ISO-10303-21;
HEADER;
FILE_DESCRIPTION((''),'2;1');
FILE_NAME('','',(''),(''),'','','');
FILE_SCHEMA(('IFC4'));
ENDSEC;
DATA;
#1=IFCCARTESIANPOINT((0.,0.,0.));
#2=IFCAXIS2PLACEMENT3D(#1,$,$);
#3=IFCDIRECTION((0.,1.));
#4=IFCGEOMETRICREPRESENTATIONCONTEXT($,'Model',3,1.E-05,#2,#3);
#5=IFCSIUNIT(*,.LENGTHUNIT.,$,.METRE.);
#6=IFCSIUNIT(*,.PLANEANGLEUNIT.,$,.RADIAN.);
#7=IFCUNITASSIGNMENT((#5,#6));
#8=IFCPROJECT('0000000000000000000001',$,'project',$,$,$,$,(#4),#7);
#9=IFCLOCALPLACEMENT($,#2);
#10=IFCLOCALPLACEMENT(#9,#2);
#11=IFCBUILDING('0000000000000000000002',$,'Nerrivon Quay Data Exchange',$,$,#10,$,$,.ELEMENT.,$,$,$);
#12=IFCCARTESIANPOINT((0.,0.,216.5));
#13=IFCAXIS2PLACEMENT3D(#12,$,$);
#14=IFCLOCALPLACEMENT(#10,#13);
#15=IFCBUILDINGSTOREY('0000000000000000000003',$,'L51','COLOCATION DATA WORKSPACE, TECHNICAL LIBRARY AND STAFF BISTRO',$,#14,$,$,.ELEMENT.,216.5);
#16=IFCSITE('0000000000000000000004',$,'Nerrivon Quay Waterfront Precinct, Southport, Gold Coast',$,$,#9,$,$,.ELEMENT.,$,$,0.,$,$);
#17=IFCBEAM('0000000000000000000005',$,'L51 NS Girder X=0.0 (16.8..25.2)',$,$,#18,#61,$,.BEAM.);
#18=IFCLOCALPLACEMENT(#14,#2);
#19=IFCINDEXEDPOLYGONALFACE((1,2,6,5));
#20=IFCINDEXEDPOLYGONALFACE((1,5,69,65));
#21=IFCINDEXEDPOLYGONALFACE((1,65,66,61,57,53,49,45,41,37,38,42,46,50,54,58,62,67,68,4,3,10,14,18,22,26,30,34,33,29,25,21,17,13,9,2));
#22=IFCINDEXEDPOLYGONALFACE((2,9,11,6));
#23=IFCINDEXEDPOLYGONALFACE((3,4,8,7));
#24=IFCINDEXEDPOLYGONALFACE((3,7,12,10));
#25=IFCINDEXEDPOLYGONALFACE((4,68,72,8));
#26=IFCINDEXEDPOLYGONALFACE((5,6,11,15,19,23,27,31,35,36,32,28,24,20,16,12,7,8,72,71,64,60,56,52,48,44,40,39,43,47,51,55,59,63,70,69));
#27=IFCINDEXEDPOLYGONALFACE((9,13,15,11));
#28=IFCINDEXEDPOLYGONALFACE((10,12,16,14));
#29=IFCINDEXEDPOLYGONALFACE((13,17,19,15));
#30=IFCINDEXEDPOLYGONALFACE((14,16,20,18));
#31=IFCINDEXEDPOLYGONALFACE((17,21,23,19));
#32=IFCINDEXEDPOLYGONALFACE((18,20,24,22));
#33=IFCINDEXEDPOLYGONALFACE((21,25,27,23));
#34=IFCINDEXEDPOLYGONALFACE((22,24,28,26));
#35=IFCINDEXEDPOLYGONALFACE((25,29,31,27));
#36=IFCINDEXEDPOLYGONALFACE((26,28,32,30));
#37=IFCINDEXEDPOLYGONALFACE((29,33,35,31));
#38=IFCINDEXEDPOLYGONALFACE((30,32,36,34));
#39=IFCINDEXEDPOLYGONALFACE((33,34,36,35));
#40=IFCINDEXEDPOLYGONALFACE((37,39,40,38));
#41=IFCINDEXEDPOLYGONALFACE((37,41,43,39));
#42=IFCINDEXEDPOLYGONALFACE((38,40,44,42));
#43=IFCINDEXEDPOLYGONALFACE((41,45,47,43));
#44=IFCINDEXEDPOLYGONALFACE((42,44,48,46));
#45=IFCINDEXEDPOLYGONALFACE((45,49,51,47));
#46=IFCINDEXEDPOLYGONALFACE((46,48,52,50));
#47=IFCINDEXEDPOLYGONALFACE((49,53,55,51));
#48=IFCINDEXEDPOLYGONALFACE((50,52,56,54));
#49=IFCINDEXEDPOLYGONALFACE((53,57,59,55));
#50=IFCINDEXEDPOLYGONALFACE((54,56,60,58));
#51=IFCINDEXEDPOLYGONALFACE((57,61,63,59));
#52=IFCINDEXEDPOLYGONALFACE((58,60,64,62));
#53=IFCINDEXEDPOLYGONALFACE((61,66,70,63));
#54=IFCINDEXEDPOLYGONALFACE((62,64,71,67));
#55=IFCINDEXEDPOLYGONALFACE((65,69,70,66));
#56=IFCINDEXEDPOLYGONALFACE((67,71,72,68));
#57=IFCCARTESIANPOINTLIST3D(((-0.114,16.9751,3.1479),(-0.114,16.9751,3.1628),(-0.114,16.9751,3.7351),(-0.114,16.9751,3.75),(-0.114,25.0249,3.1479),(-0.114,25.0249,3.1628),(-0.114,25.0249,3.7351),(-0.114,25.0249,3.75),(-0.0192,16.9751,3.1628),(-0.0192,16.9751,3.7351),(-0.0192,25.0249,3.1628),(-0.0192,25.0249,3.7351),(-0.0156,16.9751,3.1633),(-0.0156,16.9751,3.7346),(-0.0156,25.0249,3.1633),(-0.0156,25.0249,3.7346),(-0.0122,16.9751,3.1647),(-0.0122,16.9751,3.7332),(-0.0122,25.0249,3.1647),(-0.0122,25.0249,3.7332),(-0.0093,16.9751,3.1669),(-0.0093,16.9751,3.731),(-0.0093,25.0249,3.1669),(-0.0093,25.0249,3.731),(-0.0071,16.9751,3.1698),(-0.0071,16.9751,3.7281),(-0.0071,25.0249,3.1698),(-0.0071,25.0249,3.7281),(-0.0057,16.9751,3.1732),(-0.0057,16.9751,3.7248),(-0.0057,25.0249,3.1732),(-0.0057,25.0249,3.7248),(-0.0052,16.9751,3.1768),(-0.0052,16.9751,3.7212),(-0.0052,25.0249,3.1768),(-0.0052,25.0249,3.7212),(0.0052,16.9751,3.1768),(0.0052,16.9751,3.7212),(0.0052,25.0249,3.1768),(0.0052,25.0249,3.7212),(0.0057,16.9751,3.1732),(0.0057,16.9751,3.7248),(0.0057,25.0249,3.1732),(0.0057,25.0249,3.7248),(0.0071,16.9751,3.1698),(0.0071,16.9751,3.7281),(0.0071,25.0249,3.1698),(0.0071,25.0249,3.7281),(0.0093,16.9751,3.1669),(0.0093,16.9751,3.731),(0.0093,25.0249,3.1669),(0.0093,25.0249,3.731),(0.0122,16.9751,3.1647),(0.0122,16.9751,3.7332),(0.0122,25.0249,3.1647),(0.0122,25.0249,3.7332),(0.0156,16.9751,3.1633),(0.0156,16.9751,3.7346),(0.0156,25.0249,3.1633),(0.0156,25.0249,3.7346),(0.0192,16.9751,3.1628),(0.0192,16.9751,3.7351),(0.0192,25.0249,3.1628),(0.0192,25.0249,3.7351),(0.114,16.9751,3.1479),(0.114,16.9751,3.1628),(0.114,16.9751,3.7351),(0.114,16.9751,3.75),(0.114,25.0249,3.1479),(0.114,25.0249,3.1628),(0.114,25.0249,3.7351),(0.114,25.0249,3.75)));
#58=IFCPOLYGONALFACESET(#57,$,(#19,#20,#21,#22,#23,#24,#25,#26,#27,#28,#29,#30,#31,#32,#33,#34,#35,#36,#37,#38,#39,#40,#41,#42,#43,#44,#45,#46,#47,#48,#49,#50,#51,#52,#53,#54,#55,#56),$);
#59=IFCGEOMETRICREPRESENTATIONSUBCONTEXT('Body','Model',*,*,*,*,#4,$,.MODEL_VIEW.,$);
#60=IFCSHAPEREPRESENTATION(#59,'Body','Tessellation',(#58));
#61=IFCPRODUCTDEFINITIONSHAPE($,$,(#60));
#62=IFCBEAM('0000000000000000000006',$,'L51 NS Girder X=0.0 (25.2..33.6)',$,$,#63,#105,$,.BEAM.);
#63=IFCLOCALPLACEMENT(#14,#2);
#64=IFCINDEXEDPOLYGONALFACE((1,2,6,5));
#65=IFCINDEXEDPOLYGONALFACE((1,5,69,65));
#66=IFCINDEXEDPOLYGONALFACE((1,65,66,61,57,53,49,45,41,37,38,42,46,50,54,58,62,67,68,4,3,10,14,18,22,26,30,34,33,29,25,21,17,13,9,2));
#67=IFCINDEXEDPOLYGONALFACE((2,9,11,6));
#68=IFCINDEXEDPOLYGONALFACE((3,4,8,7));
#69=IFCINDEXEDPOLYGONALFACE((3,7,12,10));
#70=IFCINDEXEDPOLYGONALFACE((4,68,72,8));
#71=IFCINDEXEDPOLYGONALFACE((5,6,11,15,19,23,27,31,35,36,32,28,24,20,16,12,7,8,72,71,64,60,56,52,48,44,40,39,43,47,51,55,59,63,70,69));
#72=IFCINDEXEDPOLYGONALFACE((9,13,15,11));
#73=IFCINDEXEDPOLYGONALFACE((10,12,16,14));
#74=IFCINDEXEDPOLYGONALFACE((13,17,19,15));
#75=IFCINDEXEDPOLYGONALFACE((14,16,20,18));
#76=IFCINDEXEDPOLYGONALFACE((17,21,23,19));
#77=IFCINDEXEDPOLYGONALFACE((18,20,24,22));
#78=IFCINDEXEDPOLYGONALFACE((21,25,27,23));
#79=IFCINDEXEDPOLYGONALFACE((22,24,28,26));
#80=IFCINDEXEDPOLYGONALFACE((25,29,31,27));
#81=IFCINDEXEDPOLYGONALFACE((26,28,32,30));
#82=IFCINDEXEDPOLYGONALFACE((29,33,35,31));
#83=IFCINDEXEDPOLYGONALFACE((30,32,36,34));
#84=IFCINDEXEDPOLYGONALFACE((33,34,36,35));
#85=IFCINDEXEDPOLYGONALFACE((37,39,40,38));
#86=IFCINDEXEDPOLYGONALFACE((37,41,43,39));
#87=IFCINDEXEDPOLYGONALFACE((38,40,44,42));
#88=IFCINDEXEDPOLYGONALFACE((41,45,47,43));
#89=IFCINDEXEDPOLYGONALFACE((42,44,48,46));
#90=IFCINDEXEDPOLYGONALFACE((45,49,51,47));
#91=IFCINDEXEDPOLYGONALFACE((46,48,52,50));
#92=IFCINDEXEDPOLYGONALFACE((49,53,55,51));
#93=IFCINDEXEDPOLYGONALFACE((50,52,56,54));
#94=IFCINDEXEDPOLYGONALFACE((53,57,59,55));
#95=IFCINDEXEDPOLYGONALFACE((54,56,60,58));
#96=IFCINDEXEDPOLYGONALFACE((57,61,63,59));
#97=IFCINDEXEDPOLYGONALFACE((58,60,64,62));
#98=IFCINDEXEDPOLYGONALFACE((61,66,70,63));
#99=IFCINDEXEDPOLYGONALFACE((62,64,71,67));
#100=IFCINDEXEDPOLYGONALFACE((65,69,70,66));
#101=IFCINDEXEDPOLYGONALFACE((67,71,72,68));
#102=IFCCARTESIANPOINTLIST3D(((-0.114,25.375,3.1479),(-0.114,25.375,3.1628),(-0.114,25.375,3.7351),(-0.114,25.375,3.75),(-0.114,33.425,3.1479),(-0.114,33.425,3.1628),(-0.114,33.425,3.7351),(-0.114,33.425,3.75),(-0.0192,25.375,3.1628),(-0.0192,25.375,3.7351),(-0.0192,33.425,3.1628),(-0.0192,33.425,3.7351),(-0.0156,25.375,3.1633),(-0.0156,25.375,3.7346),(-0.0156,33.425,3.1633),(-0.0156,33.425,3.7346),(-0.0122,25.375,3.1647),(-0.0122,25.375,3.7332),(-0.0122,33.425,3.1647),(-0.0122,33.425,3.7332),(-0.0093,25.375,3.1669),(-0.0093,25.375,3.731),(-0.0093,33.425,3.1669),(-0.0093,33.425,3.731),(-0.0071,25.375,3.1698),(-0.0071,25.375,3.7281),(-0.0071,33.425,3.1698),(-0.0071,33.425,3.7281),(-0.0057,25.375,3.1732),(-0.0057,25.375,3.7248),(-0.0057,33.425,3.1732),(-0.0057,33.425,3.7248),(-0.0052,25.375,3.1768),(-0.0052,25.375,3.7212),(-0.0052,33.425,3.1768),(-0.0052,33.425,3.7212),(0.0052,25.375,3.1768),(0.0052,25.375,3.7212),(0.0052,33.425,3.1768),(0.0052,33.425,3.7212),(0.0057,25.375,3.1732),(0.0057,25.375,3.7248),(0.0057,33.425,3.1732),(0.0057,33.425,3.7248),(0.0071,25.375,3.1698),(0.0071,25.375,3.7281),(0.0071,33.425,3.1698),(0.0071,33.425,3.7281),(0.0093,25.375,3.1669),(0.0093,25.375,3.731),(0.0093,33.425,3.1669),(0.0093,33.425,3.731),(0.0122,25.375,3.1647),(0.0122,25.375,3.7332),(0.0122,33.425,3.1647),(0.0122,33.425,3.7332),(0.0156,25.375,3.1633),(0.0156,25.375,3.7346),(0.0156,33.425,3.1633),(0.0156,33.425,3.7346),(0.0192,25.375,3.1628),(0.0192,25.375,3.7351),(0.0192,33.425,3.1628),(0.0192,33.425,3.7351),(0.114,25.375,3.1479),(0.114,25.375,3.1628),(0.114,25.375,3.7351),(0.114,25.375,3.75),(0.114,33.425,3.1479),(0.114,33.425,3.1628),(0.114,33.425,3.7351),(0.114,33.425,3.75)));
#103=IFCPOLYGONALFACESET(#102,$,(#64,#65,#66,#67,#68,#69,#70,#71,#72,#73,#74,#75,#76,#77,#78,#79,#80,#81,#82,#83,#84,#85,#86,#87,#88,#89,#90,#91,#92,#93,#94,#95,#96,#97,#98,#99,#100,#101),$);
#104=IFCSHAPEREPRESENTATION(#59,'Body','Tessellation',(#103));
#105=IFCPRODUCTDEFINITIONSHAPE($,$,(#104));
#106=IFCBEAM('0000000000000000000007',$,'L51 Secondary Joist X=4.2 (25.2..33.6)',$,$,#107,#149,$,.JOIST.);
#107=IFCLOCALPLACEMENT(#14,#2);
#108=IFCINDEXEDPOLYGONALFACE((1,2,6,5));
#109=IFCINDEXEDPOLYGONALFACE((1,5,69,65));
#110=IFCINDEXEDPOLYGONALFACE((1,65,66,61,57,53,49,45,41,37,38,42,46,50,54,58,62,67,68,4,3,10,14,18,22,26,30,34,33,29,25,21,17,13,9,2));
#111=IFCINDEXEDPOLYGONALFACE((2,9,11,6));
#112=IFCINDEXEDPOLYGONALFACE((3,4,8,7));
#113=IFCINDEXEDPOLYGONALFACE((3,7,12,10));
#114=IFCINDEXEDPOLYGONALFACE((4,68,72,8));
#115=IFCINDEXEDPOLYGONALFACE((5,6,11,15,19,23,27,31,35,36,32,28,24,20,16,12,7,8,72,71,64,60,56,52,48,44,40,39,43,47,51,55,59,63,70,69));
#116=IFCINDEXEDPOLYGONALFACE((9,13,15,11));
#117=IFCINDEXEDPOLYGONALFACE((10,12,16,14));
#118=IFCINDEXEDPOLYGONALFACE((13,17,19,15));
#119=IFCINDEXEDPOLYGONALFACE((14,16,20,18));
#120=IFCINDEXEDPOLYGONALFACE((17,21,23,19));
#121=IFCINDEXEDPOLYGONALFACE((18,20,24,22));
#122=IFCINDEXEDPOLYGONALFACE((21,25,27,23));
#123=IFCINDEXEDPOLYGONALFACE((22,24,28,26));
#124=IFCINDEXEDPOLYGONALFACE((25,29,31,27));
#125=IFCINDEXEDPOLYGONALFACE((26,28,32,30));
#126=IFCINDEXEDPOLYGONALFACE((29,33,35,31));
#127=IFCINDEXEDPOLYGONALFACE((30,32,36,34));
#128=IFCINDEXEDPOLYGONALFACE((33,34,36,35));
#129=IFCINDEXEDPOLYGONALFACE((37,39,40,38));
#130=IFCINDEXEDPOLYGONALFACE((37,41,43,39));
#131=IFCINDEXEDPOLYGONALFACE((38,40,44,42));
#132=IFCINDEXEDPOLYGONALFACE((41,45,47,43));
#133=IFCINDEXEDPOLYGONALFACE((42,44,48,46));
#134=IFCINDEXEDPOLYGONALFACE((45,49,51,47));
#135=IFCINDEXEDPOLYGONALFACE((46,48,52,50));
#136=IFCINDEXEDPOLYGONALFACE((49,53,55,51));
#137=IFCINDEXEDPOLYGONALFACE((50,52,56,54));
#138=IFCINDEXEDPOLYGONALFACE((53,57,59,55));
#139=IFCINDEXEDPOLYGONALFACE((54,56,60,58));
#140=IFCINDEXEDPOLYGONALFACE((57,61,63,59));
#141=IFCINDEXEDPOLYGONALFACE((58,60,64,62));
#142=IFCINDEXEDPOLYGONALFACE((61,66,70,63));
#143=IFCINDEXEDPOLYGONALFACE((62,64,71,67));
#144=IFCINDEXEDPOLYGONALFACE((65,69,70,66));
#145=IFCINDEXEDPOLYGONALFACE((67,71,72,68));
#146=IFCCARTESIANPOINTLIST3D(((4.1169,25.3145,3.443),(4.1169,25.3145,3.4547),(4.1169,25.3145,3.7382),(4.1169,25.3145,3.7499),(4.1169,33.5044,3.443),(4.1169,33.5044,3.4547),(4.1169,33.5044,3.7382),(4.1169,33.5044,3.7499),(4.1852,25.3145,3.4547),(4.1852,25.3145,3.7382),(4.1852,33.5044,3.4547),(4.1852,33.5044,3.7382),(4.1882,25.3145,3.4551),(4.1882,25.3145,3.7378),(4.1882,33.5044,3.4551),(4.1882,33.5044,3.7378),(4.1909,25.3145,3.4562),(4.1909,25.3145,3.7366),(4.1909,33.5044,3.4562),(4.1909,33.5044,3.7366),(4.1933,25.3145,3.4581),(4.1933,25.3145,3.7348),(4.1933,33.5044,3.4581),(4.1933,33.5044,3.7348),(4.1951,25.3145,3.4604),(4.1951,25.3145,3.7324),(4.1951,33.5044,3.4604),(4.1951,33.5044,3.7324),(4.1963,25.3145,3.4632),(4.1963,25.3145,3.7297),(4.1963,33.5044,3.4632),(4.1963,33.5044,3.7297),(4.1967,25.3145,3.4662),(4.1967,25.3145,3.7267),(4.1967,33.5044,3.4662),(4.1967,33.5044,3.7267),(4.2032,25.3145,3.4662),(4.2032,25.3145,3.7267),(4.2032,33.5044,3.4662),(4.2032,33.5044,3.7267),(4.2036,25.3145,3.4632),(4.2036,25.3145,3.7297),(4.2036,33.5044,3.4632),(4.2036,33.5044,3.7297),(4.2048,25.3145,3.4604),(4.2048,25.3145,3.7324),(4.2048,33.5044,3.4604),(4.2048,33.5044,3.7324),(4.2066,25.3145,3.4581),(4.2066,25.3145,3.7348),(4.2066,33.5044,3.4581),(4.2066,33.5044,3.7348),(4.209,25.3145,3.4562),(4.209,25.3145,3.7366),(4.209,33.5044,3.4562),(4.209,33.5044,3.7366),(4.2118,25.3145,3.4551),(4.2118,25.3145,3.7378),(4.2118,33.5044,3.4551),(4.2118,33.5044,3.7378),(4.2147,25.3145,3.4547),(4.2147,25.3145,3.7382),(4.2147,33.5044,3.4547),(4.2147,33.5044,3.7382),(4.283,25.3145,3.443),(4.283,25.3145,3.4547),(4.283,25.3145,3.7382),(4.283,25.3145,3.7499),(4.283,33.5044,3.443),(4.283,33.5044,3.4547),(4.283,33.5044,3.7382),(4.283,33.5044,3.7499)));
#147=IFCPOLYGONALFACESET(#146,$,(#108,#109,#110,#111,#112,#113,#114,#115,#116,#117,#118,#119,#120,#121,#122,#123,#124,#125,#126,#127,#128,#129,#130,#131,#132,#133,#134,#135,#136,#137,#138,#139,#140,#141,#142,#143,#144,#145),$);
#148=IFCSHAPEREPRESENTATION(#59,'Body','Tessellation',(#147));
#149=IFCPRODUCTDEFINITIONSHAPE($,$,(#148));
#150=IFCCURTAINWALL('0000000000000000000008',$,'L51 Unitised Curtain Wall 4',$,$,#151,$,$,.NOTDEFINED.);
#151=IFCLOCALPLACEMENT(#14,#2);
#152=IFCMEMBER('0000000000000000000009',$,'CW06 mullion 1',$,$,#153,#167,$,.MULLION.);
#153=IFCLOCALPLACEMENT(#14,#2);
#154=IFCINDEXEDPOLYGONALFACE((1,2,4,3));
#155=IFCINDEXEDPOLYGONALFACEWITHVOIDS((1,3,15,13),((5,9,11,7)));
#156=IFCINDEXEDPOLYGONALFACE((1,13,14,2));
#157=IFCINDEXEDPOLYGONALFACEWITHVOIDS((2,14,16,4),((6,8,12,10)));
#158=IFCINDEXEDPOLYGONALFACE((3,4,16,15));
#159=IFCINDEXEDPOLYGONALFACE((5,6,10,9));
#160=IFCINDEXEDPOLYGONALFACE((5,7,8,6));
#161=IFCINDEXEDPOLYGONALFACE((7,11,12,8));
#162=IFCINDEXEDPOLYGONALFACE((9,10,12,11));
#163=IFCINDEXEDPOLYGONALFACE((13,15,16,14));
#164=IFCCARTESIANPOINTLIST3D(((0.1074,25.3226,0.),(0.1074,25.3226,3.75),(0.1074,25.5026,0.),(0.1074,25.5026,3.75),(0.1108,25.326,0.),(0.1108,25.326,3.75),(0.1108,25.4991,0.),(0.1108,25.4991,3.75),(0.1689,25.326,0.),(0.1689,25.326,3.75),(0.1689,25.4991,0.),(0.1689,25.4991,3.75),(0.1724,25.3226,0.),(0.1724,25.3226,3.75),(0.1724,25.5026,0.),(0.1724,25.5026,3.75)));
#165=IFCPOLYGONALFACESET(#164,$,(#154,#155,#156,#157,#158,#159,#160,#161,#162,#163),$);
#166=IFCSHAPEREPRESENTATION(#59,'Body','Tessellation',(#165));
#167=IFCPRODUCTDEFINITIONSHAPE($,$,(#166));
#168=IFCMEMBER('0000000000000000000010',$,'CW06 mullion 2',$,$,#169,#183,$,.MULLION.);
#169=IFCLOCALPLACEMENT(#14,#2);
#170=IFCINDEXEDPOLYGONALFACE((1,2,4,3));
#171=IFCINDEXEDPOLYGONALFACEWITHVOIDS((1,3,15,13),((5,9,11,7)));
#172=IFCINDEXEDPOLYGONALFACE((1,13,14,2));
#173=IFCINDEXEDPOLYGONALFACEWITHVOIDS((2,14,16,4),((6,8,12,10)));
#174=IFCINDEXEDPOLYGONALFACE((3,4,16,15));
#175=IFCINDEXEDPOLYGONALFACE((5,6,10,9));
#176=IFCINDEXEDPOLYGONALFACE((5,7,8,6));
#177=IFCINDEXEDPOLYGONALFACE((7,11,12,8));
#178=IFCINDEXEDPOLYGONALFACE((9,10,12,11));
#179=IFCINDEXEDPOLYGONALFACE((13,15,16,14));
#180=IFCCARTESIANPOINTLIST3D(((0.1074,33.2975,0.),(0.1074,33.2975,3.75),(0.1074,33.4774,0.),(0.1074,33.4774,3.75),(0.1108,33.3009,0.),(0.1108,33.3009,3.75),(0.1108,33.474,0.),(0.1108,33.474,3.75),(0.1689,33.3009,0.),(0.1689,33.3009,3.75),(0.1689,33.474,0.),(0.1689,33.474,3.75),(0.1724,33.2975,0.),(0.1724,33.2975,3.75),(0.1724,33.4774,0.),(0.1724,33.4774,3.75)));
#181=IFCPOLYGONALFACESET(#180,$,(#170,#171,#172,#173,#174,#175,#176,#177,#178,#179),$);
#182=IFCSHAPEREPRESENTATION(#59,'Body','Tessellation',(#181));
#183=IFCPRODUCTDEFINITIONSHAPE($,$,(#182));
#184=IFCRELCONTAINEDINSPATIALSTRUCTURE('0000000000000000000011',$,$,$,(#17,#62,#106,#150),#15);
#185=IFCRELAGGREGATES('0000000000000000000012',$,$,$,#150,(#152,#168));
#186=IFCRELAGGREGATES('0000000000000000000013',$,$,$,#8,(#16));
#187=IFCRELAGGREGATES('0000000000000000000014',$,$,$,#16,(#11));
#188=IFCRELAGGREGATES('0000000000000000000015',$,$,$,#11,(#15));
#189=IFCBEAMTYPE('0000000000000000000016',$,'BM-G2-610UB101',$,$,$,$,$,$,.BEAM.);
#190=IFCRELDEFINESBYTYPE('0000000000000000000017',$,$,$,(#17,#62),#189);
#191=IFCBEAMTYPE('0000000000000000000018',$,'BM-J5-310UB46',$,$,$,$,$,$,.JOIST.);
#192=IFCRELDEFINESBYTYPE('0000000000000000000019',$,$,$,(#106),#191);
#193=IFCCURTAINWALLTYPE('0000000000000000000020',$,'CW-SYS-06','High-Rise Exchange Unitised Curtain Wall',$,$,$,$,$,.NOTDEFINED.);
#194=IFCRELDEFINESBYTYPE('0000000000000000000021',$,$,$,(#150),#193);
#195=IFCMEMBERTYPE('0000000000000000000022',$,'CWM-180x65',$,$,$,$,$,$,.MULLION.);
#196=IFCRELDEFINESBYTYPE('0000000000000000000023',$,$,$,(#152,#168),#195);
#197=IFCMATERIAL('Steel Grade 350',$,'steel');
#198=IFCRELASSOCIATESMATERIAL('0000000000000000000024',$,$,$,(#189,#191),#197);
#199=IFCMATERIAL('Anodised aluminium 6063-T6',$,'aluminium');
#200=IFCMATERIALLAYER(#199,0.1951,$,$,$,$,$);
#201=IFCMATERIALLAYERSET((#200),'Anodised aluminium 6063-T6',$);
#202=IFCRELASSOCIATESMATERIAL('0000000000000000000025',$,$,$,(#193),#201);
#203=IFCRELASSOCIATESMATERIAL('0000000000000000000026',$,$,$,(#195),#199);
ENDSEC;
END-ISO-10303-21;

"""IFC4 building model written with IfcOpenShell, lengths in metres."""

from ifc_helpers import new_model, si_unit, direction, frame, origin, origin_2d, place, context, subcontext, project, spatial, hollow_rectangle, i_section, extrude, material, layer, layer_set, material_profile, profile_set, type_object, element, aggregate, save


model = new_model("IFC4")

# Units and contexts
model_context = context("Model", 3, precision=1e-05, world=origin(), true_north=direction((0.0, 1.0)))
body_context = subcontext(model_context, "Body", "Model", "MODEL_VIEW")
ifc_project = project(units=[si_unit("LENGTHUNIT", "METRE"), si_unit("PLANEANGLEUNIT", "RADIAN")], contexts=[model_context])

# Site, building, storey
site_placement = place(None, origin())
site = spatial("IfcSite", under=ifc_project, at=site_placement, Name="Nerrivon Quay Waterfront Precinct, Southport, Gold Coast", CompositionType="ELEMENT", RefElevation=0.0)
building_placement = place(site_placement, origin())
building = spatial("IfcBuilding", under=site, at=building_placement, Name="Nerrivon Quay Data Exchange", CompositionType="ELEMENT")
storey_placement = place(building_placement, frame((0.0, 0.0, 216.5)))
storey = spatial("IfcBuildingStorey", under=building, at=storey_placement, Name="L51", Description="COLOCATION DATA WORKSPACE, TECHNICAL LIBRARY AND STAFF BISTRO", CompositionType="ELEMENT", Elevation=216.5)

# Shared definitions
ifc_material_1 = material(Name="Steel Grade 350", Category="steel")

# Beams
ifc_material_profile_1 = material_profile(ifc_material_1, i_section(OverallWidth=0.228, OverallDepth=0.6021, WebThickness=0.0105, FlangeThickness=0.0149, FilletRadius=0.0139, at=origin_2d()), Name="610UB101")
ifc_profile_set_1 = profile_set([ifc_material_profile_1], Name="Steel Grade 350")
beam_type_1 = type_object("IfcBeamType", Name="BM-G2-610UB101", PredefinedType="BEAM", material=ifc_profile_set_1)
beam_1_placement = place(storey_placement, frame((0.0, 16.9751, 3.449), z_axis=(0.0, 1.0, 0.0), x_axis=(-1.0, 0.0, 0.0)))
element("IfcBeam", 1, at=beam_1_placement, inside=storey, type_object=beam_type_1, Name="L51 NS Girder X=0.0 (16.8..25.2)", PredefinedType="BEAM", context=body_context, shape_type="SweptSolid", body=[
    extrude(i_section(OverallWidth=0.228, OverallDepth=0.6021, WebThickness=0.0105, FlangeThickness=0.0149, FilletRadius=0.0139, at=origin_2d()), origin(), (0.0, 0.0, 1.0), 8.0498),
])
beam_2_placement = place(storey_placement, frame((0.0, 25.375, 3.449), z_axis=(0.0, 1.0, 0.0), x_axis=(-1.0, 0.0, 0.0)))
element("IfcBeam", 2, at=beam_2_placement, inside=storey, type_object=beam_type_1, Name="L51 NS Girder X=0.0 (25.2..33.6)", PredefinedType="BEAM", context=body_context, shape_type="SweptSolid", body=[
    extrude(i_section(OverallWidth=0.228, OverallDepth=0.6021, WebThickness=0.0105, FlangeThickness=0.0149, FilletRadius=0.0139, at=origin_2d()), origin(), (0.0, 0.0, 1.0), 8.05),
])
ifc_material_profile_2 = material_profile(ifc_material_1, i_section(OverallWidth=0.166, OverallDepth=0.3069, WebThickness=0.0066, FlangeThickness=0.0117, FilletRadius=0.0115, at=origin_2d()), Name="310UB46.2")
ifc_profile_set_2 = profile_set([ifc_material_profile_2], Name="Steel Grade 350")
beam_type_2 = type_object("IfcBeamType", Name="BM-J5-310UB46", PredefinedType="JOIST", material=ifc_profile_set_2)
beam_3_placement = place(storey_placement, frame((4.2, 25.3145, 3.5964), z_axis=(0.0, 1.0, 0.0), x_axis=(-1.0, 0.0, 0.0)))
element("IfcBeam", 3, at=beam_3_placement, inside=storey, type_object=beam_type_2, Name="L51 Secondary Joist X=4.2 (25.2..33.6)", PredefinedType="JOIST", context=body_context, shape_type="SweptSolid", body=[
    extrude(i_section(OverallWidth=0.166, OverallDepth=0.3069, WebThickness=0.0066, FlangeThickness=0.0117, FilletRadius=0.0115, at=origin_2d()), origin(), (0.0, 0.0, 1.0), 8.1899),
])

# Curtain wall, members
ifc_material_2 = material(Name="Anodised aluminium 6063-T6", Category="aluminium")
ifc_layer_1 = layer(ifc_material_2, 0.1951)
ifc_layer_set_1 = layer_set([ifc_layer_1], Name="Anodised aluminium 6063-T6")
curtain_wall_type = type_object("IfcCurtainWallType", Name="CW-SYS-06", Description="High-Rise Exchange Unitised Curtain Wall", PredefinedType="NOTDEFINED", material=ifc_layer_set_1)
curtain_wall_placement = place(storey_placement, origin())
curtain_wall = element("IfcCurtainWall", 4, at=curtain_wall_placement, inside=storey, type_object=curtain_wall_type, Name="L51 Unitised Curtain Wall 4", PredefinedType="NOTDEFINED")
ifc_material_profile_3 = material_profile(ifc_material_2, hollow_rectangle(XDim=0.0649, YDim=0.1799, WallThickness=0.0034, at=origin_2d()), Name="ALU-MULL-180x65")
ifc_profile_set_3 = profile_set([ifc_material_profile_3], Name="Anodised aluminium 6063-T6")
member_type_1 = type_object("IfcMemberType", Name="CWM-180x65", PredefinedType="MULLION", material=ifc_profile_set_3)
member_1_placement = place(storey_placement, frame((0.1399, 25.4126, 0.0), z_axis=(0.0, 0.0, 1.0), x_axis=(-1.0, 0.0, 0.0)))
member_1 = element("IfcMember", 5, at=member_1_placement, type_object=member_type_1, Name="CW06 mullion 1", PredefinedType="MULLION", context=body_context, shape_type="SweptSolid", body=[
    extrude(hollow_rectangle(XDim=0.0649, YDim=0.1799, WallThickness=0.0034, at=origin_2d()), origin(), (0.0, 0.0, 1.0), 3.75),
])
member_2_placement = place(storey_placement, frame((0.1399, 33.3875, 0.0), z_axis=(0.0, 0.0, 1.0), x_axis=(-1.0, 0.0, 0.0)))
member_2 = element("IfcMember", 6, at=member_2_placement, type_object=member_type_1, Name="CW06 mullion 2", PredefinedType="MULLION", context=body_context, shape_type="SweptSolid", body=[
    extrude(hollow_rectangle(XDim=0.0649, YDim=0.1799, WallThickness=0.0034, at=origin_2d()), origin(), (0.0, 0.0, 1.0), 3.75),
])

aggregate(curtain_wall, [member_1, member_2])

save(model, "model.ifc")
